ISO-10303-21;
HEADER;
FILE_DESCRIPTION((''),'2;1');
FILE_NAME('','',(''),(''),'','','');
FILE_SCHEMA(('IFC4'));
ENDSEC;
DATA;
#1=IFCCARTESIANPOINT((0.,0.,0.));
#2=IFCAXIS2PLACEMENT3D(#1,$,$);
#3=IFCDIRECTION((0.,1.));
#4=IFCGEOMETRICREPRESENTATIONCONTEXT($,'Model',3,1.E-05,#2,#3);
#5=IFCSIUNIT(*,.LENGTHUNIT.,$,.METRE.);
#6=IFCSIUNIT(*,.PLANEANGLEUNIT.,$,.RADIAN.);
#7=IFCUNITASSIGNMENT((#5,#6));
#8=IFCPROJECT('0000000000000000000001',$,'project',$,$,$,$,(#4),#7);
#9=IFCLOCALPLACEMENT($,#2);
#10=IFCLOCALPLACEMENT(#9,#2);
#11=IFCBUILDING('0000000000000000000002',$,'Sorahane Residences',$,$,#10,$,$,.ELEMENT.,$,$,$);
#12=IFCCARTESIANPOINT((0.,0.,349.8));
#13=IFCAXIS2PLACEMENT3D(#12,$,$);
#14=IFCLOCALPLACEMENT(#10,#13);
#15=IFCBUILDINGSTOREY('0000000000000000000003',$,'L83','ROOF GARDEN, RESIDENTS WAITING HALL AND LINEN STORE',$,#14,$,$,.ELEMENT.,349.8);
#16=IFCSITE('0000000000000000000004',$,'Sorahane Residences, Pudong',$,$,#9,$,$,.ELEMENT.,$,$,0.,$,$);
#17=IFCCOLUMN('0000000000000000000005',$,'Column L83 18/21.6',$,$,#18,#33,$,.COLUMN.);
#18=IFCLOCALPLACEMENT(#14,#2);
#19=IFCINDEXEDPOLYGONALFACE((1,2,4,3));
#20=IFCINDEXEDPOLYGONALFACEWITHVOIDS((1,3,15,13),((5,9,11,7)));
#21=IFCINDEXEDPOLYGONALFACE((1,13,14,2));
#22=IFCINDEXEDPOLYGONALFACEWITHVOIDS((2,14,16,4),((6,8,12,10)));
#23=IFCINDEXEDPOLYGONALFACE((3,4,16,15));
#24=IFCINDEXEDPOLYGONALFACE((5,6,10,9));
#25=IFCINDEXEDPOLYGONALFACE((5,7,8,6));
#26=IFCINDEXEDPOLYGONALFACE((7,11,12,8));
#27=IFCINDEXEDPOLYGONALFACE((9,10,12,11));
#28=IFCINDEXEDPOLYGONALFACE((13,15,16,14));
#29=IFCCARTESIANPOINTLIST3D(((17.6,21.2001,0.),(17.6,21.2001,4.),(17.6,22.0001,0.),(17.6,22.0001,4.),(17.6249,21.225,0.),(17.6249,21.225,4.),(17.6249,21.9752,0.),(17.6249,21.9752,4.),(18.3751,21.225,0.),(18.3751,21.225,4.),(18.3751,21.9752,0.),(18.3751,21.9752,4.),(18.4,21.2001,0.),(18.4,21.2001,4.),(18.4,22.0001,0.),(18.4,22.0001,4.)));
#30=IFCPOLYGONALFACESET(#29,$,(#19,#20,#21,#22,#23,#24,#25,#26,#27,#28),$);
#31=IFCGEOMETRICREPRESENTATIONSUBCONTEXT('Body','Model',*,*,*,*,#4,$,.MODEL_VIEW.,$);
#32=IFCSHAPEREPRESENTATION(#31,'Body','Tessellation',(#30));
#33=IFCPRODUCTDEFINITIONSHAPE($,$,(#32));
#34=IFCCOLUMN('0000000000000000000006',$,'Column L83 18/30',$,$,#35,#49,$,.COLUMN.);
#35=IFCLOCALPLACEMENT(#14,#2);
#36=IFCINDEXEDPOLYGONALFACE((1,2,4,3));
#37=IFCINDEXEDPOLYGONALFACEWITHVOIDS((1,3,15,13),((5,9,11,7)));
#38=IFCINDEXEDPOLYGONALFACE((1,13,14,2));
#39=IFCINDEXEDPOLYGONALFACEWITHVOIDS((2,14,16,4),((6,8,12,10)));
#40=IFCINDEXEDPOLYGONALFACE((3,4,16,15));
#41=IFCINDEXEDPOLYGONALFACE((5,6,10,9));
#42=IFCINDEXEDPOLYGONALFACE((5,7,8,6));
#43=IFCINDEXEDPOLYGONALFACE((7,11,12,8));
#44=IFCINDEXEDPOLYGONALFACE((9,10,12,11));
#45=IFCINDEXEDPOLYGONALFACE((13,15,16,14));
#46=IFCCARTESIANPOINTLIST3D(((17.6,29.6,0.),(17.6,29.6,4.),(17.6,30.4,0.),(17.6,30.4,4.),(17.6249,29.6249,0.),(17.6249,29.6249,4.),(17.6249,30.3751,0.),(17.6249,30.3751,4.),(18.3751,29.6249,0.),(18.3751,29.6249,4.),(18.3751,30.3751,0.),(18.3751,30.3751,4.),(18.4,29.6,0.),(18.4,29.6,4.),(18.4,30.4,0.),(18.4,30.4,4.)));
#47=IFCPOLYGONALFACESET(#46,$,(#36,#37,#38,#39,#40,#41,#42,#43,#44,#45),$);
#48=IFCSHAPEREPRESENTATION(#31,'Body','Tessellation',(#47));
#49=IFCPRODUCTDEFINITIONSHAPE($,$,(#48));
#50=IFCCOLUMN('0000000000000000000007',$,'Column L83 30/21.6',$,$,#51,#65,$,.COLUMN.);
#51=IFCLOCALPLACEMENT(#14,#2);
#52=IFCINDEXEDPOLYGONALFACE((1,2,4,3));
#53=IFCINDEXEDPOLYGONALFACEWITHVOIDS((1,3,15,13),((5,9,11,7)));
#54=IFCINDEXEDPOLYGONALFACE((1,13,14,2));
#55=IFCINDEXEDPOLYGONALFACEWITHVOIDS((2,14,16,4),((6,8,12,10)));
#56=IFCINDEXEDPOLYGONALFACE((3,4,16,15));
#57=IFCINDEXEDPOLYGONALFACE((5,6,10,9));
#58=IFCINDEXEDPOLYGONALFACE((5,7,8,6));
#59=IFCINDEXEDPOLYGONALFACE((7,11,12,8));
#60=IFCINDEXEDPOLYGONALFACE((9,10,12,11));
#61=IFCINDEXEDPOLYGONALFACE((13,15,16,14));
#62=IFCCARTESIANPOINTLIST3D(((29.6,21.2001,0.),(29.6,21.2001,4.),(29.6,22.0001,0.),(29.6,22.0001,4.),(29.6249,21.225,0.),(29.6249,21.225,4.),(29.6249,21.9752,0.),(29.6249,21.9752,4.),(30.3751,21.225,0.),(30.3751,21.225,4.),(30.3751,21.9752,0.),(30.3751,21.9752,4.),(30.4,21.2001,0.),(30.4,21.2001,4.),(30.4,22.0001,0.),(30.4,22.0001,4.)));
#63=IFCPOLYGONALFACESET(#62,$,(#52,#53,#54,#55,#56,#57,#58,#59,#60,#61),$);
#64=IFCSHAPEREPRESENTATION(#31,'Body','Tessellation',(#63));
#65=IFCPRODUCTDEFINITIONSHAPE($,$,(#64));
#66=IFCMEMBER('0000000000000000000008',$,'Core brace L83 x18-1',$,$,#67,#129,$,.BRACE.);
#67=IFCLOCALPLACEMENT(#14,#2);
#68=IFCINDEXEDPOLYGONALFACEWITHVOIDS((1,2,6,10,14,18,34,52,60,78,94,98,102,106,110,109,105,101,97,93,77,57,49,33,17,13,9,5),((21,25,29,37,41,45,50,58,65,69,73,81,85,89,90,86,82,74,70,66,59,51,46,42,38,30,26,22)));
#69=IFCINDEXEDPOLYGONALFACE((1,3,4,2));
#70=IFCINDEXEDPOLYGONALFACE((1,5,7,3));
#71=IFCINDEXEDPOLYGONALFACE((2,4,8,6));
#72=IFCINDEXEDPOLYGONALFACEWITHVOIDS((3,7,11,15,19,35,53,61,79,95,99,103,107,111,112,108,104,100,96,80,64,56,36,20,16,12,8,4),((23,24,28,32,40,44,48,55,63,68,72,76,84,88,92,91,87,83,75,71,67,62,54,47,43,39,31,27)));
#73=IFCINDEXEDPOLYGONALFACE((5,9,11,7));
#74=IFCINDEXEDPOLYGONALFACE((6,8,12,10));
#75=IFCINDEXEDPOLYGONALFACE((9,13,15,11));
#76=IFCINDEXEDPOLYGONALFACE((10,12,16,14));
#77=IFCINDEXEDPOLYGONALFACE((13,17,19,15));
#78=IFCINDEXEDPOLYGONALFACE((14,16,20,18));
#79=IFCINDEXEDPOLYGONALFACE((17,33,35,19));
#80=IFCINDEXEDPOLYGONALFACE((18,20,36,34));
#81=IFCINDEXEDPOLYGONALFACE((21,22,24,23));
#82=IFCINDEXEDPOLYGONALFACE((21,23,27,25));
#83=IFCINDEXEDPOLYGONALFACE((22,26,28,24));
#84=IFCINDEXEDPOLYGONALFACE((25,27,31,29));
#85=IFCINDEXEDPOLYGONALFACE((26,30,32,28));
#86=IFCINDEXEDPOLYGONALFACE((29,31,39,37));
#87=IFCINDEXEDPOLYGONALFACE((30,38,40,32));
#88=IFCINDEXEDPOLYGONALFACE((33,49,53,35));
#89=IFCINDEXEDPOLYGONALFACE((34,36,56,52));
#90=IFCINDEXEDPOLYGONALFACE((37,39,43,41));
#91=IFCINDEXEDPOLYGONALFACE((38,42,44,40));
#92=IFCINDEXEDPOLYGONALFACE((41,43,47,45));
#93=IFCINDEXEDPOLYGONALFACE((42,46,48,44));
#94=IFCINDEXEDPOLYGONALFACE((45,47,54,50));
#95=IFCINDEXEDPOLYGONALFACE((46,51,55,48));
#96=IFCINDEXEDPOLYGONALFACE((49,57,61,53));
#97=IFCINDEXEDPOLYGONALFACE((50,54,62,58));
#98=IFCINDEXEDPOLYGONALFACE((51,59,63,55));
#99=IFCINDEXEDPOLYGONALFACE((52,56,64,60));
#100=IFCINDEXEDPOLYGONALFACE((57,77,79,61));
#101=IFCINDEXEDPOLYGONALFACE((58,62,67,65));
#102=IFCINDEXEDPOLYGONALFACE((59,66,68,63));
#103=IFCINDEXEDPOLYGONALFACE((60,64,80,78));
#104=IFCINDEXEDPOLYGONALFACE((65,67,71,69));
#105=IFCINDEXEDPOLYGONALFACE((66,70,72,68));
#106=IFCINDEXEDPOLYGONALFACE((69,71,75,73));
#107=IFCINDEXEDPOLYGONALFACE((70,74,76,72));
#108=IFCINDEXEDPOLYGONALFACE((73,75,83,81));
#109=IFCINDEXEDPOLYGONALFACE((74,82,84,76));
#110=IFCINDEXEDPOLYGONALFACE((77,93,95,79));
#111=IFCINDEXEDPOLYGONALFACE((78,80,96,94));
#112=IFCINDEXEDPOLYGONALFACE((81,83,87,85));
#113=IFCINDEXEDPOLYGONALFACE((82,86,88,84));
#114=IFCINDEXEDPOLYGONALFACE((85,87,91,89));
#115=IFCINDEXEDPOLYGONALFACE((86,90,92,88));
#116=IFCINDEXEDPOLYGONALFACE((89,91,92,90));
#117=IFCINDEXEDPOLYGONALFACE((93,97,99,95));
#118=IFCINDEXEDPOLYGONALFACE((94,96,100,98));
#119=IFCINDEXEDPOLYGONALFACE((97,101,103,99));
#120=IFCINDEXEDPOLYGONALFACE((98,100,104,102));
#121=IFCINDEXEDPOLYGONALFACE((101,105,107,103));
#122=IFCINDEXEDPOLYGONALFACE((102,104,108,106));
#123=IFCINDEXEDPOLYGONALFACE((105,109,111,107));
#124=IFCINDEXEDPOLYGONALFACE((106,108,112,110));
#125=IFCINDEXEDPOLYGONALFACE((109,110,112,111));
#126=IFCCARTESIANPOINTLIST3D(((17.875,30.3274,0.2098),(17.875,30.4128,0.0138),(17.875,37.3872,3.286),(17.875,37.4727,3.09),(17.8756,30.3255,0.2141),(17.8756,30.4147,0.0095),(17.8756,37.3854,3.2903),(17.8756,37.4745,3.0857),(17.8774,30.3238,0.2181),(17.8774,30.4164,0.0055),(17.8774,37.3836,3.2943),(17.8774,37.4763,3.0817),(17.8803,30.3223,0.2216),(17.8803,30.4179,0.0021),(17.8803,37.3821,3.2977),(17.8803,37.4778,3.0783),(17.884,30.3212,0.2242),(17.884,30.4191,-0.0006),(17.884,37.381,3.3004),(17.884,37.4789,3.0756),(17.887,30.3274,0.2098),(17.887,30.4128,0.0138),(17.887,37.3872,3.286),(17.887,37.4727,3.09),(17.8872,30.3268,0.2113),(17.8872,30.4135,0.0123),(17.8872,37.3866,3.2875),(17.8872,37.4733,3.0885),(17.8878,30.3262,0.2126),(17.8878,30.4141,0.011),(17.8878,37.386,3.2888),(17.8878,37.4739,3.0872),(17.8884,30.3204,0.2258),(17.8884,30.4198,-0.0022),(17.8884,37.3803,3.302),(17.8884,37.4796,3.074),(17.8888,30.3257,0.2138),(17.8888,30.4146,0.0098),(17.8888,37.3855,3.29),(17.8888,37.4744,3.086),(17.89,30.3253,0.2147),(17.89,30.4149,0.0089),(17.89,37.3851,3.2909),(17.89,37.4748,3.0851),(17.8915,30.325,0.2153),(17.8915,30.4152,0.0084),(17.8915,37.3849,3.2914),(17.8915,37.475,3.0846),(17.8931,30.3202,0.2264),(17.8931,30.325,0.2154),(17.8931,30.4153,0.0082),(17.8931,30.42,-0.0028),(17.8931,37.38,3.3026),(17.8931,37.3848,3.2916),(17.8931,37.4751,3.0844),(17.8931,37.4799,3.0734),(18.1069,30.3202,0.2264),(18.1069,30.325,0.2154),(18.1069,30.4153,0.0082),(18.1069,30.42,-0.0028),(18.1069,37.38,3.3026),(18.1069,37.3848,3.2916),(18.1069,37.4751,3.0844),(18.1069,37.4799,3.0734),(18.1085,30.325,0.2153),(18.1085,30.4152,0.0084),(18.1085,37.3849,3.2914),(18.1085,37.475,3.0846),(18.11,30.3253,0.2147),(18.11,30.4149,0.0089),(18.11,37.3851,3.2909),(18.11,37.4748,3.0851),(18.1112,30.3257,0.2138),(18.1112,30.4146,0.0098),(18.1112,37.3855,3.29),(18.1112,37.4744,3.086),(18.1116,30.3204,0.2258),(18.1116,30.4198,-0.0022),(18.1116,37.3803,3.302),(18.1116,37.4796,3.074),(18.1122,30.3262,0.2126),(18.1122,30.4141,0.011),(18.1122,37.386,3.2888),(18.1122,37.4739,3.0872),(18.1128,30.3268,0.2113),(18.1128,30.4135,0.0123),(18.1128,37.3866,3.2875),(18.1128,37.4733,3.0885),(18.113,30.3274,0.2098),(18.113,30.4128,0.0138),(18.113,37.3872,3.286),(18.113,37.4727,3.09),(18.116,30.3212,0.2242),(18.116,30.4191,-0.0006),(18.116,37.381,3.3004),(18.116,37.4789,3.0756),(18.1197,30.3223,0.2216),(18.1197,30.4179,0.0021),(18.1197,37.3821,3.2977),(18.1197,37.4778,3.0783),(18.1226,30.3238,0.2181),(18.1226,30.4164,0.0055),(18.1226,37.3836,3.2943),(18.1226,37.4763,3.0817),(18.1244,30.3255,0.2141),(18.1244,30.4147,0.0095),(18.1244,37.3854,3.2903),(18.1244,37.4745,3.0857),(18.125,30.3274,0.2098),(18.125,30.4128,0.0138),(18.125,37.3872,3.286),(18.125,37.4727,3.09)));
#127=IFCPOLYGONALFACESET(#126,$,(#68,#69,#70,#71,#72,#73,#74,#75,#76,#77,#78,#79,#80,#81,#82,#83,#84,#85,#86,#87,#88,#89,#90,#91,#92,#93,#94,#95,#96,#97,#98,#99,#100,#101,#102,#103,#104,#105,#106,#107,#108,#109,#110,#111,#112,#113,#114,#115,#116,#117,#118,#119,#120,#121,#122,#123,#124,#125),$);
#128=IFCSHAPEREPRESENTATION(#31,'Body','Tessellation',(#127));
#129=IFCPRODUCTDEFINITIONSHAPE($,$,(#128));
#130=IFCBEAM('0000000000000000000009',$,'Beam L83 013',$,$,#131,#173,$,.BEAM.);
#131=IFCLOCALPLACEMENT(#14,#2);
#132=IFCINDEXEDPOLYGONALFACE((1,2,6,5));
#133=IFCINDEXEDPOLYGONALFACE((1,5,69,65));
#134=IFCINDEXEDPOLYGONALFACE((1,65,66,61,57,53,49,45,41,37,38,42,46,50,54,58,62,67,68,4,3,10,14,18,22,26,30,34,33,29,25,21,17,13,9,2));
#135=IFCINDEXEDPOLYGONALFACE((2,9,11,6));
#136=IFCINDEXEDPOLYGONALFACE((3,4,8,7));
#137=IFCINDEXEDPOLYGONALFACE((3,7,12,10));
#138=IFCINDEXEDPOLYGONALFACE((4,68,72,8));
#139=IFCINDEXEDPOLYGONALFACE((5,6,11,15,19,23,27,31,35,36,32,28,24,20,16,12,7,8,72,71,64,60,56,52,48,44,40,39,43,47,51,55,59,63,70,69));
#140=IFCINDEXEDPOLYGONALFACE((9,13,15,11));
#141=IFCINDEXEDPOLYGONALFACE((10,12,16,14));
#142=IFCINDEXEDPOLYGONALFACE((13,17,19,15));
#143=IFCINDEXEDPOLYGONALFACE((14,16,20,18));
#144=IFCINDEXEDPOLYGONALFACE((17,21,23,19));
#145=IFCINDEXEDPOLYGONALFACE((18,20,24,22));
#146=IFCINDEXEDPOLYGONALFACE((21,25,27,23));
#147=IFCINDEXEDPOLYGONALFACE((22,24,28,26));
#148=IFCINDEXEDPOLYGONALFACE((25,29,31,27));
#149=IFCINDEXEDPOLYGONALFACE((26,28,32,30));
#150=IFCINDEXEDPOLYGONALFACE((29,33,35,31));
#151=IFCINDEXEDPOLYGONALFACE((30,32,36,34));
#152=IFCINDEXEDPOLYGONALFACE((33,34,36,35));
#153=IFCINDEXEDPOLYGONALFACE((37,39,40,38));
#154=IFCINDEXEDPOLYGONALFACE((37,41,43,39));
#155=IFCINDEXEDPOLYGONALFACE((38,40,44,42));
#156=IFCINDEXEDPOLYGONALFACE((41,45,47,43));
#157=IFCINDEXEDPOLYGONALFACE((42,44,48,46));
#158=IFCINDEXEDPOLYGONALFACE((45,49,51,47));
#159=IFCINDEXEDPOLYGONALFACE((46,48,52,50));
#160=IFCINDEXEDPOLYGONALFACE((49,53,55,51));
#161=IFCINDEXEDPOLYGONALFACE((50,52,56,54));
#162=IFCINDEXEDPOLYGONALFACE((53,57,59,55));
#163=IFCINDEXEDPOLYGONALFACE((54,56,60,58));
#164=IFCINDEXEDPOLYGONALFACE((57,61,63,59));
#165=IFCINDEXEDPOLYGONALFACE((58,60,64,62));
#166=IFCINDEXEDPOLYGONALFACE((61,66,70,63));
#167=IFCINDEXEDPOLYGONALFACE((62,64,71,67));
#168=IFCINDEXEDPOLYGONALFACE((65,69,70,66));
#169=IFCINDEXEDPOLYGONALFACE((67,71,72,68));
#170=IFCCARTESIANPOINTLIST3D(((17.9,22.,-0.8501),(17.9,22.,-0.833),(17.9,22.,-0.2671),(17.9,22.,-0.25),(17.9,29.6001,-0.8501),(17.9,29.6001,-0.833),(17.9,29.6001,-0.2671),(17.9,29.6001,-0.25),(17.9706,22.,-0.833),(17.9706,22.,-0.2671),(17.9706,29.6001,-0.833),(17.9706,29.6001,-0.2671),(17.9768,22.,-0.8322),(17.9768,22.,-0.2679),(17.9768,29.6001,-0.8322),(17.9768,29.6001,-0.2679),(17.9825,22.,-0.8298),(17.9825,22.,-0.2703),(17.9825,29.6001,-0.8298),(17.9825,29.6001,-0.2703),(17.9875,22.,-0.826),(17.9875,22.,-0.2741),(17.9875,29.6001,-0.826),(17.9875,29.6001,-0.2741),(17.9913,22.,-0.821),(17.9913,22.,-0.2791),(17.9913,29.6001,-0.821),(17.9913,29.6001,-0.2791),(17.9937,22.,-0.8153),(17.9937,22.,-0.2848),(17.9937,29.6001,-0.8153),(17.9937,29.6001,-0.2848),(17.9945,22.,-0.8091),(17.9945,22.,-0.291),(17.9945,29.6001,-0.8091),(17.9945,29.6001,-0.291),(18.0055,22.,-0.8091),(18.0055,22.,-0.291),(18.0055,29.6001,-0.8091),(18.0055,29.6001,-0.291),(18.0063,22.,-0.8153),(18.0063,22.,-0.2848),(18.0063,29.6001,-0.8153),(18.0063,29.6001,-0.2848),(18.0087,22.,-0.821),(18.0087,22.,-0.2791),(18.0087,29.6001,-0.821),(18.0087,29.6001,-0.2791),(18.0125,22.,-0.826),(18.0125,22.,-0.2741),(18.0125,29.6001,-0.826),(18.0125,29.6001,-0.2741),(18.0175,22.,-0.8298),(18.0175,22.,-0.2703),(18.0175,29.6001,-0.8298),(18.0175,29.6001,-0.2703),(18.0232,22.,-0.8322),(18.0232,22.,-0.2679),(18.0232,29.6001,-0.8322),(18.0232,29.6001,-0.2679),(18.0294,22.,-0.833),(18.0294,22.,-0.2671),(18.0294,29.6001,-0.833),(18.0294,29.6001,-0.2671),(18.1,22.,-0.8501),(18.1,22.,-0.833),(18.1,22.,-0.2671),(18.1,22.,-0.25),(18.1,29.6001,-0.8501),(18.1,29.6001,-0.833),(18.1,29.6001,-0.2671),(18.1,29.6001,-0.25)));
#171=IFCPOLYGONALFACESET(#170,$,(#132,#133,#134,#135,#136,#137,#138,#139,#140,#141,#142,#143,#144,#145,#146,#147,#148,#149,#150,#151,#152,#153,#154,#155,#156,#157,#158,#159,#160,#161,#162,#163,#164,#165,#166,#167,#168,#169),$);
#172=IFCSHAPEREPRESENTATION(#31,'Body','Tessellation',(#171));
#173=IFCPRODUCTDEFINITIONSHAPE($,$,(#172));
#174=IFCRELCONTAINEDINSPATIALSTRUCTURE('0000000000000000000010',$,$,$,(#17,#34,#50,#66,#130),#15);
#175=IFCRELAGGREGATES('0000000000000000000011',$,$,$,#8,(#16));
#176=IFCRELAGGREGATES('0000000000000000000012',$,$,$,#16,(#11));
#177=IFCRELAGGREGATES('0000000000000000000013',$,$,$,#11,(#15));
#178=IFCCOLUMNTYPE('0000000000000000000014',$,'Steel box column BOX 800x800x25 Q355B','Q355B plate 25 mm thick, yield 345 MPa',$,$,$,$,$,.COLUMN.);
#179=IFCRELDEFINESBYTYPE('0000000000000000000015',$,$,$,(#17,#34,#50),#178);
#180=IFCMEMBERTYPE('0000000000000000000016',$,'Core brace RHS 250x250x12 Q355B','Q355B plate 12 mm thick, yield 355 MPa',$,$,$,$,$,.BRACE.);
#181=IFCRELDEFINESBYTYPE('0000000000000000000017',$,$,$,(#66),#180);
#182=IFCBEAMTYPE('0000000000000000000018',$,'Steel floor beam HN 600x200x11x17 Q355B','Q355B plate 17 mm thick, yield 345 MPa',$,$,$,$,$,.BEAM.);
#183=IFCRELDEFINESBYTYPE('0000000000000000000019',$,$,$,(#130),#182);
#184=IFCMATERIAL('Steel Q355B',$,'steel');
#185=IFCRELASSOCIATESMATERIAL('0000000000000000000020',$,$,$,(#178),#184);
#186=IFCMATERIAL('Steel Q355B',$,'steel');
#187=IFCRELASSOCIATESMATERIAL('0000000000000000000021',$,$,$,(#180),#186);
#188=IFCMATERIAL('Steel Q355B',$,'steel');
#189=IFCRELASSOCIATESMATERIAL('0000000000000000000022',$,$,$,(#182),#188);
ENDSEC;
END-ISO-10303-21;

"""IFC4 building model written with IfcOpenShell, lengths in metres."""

from ifc_helpers import new_model, si_unit, direction, frame, origin, origin_2d, place, context, subcontext, project, spatial, hollow_rectangle, i_section, extrude, material, material_profile, profile_set, type_object, element, save


model = new_model("IFC4")

# Units and contexts
model_context = context("Model", 3, precision=1e-05, world=origin(), true_north=direction((0.0, 1.0)))
body_context = subcontext(model_context, "Body", "Model", "MODEL_VIEW")
ifc_project = project(units=[si_unit("LENGTHUNIT", "METRE"), si_unit("PLANEANGLEUNIT", "RADIAN")], contexts=[model_context])

# Site, building, storey
site_placement = place(None, origin())
site = spatial("IfcSite", under=ifc_project, at=site_placement, Name="Sorahane Residences, Pudong", CompositionType="ELEMENT", RefElevation=0.0)
building_placement = place(site_placement, origin())
building = spatial("IfcBuilding", under=site, at=building_placement, Name="Sorahane Residences", CompositionType="ELEMENT")
storey_placement = place(building_placement, frame((0.0, 0.0, 349.8)))
storey = spatial("IfcBuildingStorey", under=building, at=storey_placement, Name="L83", Description="ROOF GARDEN, RESIDENTS WAITING HALL AND LINEN STORE", CompositionType="ELEMENT", Elevation=349.8)

# Columns
ifc_material_1 = material(Name="Steel Q355B", Category="steel")
ifc_material_profile_1 = material_profile(ifc_material_1, hollow_rectangle(XDim=0.8, YDim=0.8, WallThickness=0.0249, at=origin_2d()), Name="BOX 800x800x25")
ifc_profile_set_1 = profile_set([ifc_material_profile_1], Name="Steel Q355B")
column_type = type_object("IfcColumnType", Name="Steel box column BOX 800x800x25 Q355B", Description="Q355B plate 25 mm thick, yield 345 MPa", PredefinedType="COLUMN", material=ifc_profile_set_1)
for number, where, z_axis, x_axis, name in (
    (1, (18.0, 21.6001, 0.0), (0.0, 0.0, 1.0), (1.0, 0.0, 0.0), "Column L83 18/21.6"),
    (2, (18.0, 30.0, 0.0), (0.0, 0.0, 1.0), (1.0, 0.0, 0.0), "Column L83 18/30"),
    (3, (30.0, 21.6001, 0.0), (0.0, 0.0, 1.0), (1.0, 0.0, 0.0), "Column L83 30/21.6"),
):
    element("IfcColumn", number, at=place(storey_placement, frame(where, z_axis=z_axis, x_axis=x_axis)), inside=storey, type_object=column_type, Name=name, PredefinedType="COLUMN", context=body_context, shape_type="SweptSolid", body=[
        extrude(hollow_rectangle(XDim=0.8, YDim=0.8, WallThickness=0.0249, at=origin_2d()), origin(), (0.0, 0.0, 1.0), 4.0),
    ])

# Member
ifc_material_2 = material(Name="Steel Q355B", Category="steel")
ifc_material_profile_2 = material_profile(ifc_material_2, hollow_rectangle(XDim=0.25, YDim=0.25, WallThickness=0.012, InnerFilletRadius=0.0061, OuterFilletRadius=0.0181, at=origin_2d()), Name="RHS 250x250x12")
ifc_profile_set_2 = profile_set([ifc_material_profile_2], Name="Steel Q355B")
member_type = type_object("IfcMemberType", Name="Core brace RHS 250x250x12 Q355B", Description="Q355B plate 12 mm thick, yield 355 MPa", PredefinedType="BRACE", material=ifc_profile_set_2)
member_placement = place(storey_placement, frame((18.0, 30.3701, 0.1118), z_axis=(0.0, 0.916752, 0.399456), x_axis=(-1.0, 0.0, 0.0)))
element("IfcMember", 4, at=member_placement, inside=storey, type_object=member_type, Name="Core brace L83 x18-1", PredefinedType="BRACE", context=body_context, shape_type="SweptSolid", body=[
    extrude(hollow_rectangle(XDim=0.25, YDim=0.25, WallThickness=0.012, InnerFilletRadius=0.0061, OuterFilletRadius=0.0181, at=origin_2d()), origin(), (0.0, 0.0, 1.0), 7.7009),
])

# Beam
ifc_material_3 = material(Name="Steel Q355B", Category="steel")
ifc_material_profile_3 = material_profile(ifc_material_3, i_section(OverallWidth=0.2, OverallDepth=0.6001, WebThickness=0.011, FlangeThickness=0.0171, FilletRadius=0.0239, at=origin_2d()), Name="HN 600x200x11x17")
ifc_profile_set_3 = profile_set([ifc_material_profile_3], Name="Steel Q355B")
beam_type = type_object("IfcBeamType", Name="Steel floor beam HN 600x200x11x17 Q355B", Description="Q355B plate 17 mm thick, yield 345 MPa", PredefinedType="BEAM", material=ifc_profile_set_3)
for number, where, z_axis, x_axis, name in (
    (5, (18.0, 22.0, -0.55), (0.0, 1.0, 0.0), (-1.0, 0.0, 0.0), "Beam L83 013"),
):
    element("IfcBeam", number, at=place(storey_placement, frame(where, z_axis=z_axis, x_axis=x_axis)), inside=storey, type_object=beam_type, Name=name, PredefinedType="BEAM", context=body_context, shape_type="SweptSolid", body=[
        extrude(i_section(OverallWidth=0.2, OverallDepth=0.6001, WebThickness=0.011, FlangeThickness=0.0171, FilletRadius=0.0239, at=origin_2d()), origin(), (0.0, 0.0, 1.0), 7.6001),
    ])

save(model, "model.ifc")
